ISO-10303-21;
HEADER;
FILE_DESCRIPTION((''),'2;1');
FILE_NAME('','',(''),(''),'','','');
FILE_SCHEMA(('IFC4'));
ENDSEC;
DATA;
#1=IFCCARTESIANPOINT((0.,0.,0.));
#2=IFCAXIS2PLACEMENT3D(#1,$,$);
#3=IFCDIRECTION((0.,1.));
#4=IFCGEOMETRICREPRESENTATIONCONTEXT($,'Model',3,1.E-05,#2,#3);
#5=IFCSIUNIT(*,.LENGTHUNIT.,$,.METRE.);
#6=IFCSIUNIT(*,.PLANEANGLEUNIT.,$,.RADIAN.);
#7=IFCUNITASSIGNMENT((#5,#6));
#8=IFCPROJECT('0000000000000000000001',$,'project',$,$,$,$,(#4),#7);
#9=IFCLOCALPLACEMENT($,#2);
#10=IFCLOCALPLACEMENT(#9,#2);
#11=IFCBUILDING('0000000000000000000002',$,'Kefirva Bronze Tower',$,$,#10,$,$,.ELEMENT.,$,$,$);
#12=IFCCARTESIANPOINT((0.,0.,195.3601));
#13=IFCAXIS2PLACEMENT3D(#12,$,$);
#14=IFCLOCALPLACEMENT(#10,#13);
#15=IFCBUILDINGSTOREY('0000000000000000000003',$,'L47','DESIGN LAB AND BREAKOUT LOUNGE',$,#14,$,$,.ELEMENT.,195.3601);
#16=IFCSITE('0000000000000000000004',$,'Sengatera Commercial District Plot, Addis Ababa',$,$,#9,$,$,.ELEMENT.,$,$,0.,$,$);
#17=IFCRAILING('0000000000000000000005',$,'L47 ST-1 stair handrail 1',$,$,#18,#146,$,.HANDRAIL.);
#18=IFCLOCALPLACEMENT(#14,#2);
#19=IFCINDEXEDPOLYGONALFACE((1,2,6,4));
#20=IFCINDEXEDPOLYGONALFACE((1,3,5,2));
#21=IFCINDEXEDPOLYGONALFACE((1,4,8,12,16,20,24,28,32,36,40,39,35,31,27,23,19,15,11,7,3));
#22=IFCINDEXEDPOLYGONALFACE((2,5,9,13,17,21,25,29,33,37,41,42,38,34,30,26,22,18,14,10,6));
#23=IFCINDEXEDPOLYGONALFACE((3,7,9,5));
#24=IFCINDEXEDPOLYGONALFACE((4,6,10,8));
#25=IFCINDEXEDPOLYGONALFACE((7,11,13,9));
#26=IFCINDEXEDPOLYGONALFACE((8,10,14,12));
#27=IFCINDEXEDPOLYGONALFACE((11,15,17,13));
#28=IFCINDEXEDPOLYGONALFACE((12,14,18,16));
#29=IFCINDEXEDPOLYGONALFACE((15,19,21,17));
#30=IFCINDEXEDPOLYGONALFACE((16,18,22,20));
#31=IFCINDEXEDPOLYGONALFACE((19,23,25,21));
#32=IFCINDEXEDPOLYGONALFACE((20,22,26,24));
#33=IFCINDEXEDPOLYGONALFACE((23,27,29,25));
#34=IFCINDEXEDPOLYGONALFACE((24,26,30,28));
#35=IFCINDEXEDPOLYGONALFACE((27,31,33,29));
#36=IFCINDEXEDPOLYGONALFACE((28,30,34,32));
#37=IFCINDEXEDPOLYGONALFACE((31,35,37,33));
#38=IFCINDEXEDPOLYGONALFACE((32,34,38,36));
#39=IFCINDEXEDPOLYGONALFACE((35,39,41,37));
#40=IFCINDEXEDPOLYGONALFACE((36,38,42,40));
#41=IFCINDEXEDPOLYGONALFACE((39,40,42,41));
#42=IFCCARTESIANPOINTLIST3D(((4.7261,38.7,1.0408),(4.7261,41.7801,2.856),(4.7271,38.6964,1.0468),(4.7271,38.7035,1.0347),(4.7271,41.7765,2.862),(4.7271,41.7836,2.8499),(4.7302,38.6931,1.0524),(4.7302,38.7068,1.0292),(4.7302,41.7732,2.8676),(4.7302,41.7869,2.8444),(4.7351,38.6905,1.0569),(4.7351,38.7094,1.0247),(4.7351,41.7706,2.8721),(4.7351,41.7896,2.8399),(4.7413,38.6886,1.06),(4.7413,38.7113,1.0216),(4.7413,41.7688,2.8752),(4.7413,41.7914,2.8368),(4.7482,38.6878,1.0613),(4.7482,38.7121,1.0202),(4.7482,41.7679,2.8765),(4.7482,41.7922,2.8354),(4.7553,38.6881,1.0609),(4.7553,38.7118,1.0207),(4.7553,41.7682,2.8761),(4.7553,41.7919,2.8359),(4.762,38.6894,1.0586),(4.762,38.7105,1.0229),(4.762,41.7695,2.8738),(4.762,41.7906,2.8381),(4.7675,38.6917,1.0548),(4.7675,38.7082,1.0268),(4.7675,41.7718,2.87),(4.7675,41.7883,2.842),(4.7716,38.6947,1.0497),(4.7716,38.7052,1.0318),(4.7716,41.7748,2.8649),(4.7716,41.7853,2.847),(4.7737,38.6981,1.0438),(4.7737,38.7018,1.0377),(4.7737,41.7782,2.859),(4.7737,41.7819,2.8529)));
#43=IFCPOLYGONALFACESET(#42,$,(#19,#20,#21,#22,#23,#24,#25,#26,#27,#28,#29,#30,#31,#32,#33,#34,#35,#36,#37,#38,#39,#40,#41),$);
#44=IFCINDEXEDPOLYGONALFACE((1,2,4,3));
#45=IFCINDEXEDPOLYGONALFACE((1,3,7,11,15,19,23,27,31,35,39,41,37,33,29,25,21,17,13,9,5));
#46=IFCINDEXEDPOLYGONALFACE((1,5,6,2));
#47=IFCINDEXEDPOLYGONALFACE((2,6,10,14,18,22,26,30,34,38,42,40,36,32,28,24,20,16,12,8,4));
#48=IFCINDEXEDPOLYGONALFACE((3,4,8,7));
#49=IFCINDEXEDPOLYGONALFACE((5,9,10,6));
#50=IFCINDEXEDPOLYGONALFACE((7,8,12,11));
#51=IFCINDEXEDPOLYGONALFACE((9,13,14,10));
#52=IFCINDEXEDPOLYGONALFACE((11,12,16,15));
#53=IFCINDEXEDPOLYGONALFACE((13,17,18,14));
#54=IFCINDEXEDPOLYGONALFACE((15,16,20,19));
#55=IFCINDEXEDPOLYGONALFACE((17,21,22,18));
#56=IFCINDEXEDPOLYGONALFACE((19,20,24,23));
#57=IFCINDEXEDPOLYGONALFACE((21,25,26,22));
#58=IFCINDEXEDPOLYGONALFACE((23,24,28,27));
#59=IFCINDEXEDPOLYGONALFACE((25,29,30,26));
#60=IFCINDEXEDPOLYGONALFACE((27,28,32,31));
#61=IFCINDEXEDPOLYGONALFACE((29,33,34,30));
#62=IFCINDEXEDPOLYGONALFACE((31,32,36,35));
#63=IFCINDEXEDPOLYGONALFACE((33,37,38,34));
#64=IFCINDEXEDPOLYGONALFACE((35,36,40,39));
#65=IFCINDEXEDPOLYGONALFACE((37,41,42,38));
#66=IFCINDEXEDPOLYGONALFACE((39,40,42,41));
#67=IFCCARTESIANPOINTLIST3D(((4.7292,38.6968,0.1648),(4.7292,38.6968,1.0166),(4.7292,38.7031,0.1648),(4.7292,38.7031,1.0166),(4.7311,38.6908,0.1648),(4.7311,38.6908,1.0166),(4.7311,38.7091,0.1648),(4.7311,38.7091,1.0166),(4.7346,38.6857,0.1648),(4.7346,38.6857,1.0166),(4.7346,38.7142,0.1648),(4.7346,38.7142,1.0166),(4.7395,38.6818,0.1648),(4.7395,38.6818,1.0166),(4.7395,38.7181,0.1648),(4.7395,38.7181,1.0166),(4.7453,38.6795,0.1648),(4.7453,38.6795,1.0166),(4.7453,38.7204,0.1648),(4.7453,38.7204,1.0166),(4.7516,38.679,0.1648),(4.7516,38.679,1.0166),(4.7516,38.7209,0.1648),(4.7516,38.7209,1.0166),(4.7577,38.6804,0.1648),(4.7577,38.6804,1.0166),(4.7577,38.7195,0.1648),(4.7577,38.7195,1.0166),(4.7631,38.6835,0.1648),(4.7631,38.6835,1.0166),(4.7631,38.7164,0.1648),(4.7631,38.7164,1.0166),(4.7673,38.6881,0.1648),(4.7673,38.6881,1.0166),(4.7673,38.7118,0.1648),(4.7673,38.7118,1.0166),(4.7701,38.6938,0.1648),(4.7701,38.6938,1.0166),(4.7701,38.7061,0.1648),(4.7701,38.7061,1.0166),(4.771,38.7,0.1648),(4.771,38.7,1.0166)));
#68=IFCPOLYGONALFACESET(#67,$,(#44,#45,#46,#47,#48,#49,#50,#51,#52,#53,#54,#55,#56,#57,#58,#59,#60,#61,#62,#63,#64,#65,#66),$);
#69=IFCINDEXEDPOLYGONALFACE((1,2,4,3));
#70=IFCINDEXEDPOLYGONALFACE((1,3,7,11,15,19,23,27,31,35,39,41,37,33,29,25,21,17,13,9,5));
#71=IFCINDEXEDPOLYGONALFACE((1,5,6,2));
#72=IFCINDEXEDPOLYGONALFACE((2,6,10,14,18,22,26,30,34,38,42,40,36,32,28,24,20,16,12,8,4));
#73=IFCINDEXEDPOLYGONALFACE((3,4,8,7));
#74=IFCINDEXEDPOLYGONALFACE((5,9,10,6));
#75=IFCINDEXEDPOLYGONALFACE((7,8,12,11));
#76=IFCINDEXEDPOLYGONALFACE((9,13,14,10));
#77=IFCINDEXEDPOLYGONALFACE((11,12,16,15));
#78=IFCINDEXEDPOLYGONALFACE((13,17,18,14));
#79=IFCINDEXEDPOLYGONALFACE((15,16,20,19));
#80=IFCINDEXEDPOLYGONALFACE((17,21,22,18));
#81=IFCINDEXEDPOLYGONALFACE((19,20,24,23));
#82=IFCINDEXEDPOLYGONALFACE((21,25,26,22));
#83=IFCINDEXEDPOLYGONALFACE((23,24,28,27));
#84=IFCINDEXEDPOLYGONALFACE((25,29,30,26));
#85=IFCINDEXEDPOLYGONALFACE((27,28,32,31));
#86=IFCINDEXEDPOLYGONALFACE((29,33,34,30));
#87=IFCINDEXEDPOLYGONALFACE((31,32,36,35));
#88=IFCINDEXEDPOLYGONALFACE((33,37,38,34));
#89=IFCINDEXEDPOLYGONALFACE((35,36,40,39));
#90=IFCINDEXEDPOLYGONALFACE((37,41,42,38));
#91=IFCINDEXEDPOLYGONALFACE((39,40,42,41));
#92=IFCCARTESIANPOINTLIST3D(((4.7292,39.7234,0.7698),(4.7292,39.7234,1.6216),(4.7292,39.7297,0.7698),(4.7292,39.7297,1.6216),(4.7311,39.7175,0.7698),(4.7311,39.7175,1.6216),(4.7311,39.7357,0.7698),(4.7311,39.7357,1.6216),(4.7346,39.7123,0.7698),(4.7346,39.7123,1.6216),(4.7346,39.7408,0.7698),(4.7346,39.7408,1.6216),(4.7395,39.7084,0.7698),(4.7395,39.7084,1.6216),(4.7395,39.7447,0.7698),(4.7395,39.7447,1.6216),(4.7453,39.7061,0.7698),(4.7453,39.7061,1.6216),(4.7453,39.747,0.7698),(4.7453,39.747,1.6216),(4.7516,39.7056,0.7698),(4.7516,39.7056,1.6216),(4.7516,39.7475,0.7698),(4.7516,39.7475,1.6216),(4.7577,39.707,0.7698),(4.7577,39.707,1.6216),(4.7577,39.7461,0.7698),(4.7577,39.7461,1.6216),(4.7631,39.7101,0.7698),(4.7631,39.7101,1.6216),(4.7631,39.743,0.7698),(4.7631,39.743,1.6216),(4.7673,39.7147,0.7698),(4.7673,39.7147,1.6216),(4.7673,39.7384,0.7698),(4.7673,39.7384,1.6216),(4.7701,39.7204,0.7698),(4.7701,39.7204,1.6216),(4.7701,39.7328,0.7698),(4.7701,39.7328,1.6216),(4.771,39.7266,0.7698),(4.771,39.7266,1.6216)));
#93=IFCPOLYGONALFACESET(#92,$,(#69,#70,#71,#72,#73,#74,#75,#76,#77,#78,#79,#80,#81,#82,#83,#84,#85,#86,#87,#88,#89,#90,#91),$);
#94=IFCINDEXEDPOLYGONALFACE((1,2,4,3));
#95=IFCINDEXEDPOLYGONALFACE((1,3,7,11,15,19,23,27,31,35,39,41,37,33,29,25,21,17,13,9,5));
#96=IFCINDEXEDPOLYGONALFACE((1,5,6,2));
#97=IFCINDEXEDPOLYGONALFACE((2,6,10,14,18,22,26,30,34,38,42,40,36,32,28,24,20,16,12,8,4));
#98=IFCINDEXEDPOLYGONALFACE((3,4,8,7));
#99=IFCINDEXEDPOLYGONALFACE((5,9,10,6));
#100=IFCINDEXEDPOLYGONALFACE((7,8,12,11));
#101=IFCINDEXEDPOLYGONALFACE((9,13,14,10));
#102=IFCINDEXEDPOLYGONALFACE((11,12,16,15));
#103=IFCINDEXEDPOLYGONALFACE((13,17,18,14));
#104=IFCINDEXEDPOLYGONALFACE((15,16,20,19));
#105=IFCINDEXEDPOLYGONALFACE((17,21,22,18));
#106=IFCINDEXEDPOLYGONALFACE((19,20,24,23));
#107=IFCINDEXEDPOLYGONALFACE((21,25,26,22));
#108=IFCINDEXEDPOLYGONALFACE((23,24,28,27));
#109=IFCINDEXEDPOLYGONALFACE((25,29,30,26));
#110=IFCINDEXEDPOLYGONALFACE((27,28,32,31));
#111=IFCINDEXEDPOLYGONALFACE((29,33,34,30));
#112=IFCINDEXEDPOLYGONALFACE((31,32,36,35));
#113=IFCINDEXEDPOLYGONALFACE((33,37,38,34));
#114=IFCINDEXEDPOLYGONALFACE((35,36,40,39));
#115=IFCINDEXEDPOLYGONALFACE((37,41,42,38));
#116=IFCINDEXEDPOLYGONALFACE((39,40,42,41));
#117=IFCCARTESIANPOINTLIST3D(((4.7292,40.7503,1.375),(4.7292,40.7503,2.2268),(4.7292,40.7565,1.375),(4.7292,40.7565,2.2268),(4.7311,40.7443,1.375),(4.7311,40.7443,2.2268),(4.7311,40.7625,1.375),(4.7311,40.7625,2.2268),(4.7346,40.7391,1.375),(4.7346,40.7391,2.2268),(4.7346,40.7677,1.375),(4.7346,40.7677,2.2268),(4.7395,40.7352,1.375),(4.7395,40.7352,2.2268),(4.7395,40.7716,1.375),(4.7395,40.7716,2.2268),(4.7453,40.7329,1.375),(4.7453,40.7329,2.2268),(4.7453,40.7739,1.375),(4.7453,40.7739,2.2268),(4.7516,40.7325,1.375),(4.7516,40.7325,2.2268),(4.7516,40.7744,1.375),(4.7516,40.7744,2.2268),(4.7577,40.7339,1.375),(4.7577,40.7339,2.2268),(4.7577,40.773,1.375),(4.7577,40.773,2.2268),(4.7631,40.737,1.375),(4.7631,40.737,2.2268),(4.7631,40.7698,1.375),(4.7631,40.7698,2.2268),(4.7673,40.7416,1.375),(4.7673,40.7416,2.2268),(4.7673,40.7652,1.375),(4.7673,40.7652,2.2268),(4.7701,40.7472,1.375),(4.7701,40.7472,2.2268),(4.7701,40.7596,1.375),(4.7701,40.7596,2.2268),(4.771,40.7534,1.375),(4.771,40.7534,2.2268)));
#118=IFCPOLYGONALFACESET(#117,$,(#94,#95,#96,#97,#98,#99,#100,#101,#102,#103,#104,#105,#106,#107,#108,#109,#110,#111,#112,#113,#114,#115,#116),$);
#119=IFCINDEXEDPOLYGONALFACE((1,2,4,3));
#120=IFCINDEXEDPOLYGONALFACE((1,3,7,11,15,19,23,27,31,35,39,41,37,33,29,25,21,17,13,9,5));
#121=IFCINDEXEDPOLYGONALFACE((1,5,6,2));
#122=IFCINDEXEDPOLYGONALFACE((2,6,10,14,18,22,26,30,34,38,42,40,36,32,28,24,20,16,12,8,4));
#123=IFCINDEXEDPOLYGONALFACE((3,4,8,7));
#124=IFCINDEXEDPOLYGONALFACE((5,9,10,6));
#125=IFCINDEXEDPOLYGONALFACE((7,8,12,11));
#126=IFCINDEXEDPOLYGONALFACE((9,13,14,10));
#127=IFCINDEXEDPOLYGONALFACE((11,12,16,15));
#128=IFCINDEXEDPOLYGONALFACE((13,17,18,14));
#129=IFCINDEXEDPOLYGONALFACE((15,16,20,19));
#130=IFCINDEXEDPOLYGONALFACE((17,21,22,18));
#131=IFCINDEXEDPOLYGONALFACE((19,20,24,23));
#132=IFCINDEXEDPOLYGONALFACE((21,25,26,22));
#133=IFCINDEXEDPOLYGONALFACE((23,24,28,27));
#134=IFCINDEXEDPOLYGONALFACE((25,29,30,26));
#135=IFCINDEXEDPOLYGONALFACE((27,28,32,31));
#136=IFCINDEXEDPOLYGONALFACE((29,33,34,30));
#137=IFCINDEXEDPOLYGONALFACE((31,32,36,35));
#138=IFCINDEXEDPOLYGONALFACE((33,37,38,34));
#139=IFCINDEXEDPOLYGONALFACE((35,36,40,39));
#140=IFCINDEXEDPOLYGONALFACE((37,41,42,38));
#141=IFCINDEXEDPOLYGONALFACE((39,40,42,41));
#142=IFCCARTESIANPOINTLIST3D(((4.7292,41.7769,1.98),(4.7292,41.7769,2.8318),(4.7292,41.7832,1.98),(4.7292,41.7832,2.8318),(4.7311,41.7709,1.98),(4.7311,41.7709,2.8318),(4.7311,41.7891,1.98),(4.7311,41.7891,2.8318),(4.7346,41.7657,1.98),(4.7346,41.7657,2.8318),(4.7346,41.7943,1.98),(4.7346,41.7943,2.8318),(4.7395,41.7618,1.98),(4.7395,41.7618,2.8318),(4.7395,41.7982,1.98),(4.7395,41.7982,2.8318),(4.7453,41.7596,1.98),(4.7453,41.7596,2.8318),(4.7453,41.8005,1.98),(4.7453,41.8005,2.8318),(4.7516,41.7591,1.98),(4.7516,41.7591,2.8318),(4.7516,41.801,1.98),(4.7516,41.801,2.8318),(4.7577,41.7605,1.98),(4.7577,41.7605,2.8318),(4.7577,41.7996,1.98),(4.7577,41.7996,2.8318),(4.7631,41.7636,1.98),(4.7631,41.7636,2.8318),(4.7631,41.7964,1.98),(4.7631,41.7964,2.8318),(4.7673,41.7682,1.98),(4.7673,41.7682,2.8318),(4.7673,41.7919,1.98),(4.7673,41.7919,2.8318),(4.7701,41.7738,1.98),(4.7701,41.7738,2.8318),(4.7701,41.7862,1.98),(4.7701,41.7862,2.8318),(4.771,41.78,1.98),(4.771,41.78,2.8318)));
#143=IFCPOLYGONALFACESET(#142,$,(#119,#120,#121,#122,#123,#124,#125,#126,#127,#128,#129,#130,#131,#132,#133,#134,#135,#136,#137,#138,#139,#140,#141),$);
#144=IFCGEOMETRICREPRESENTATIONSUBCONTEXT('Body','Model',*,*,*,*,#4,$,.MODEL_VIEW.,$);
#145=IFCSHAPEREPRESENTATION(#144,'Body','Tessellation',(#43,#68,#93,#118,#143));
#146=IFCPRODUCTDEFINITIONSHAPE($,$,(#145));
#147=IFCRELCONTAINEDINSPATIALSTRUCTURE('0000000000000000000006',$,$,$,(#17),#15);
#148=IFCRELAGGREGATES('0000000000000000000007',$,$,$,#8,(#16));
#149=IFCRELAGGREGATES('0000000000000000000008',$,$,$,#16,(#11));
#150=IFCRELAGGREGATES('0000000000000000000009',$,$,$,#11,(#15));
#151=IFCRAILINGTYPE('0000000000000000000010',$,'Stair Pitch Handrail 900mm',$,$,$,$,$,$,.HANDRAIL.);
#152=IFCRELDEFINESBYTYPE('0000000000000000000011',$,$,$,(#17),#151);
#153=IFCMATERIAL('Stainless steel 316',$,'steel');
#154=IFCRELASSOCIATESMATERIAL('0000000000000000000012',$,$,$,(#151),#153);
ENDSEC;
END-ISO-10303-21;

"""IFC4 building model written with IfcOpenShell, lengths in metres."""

from ifc_helpers import new_model, si_unit, direction, frame, origin, origin_2d, place, context, subcontext, project, spatial, circle, extrude, material, type_object, element, save


model = new_model("IFC4")

# Units and contexts
model_context = context("Model", 3, precision=1e-05, world=origin(), true_north=direction((0.0, 1.0)))
body_context = subcontext(model_context, "Body", "Model", "MODEL_VIEW")
ifc_project = project(units=[si_unit("LENGTHUNIT", "METRE"), si_unit("PLANEANGLEUNIT", "RADIAN")], contexts=[model_context])

# Site, building, storey
site_placement = place(None, origin())
site = spatial("IfcSite", under=ifc_project, at=site_placement, Name="Sengatera Commercial District Plot, Addis Ababa", CompositionType="ELEMENT", RefElevation=0.0)
building_placement = place(site_placement, origin())
building = spatial("IfcBuilding", under=site, at=building_placement, Name="Kefirva Bronze Tower", CompositionType="ELEMENT")
storey_placement = place(building_placement, frame((0.0, 0.0, 195.3601)))
storey = spatial("IfcBuildingStorey", under=building, at=storey_placement, Name="L47", Description="DESIGN LAB AND BREAKOUT LOUNGE", CompositionType="ELEMENT", Elevation=195.3601)

# Shared definitions
ifc_material_1 = material(Name="Stainless steel 316", Category="steel")

# Railing
railing_type = type_object("IfcRailingType", Name="Stair Pitch Handrail 900mm", PredefinedType="HANDRAIL", material=ifc_material_1)
railing_placement = place(storey_placement, frame((4.75, 38.7, 0.1648)))
element("IfcRailing", 1, at=railing_placement, inside=storey, type_object=railing_type, Name="L47 ST-1 stair handrail 1", PredefinedType="HANDRAIL", context=body_context, shape_type="SweptSolid", body=[
    extrude(circle(Radius=0.0239, at=origin_2d()), frame((0.0, 0.0, 0.876), z_axis=(0.0, 0.861521, 0.507721), x_axis=(-1.0, 0.0, 0.0)), (0.0, 0.0, 1.0), 3.5752),
    extrude(circle(Radius=0.021, at=origin_2d()), origin(), (0.0, 0.0, 1.0), 0.8518),
    extrude(circle(Radius=0.021, at=origin_2d()), frame((0.0, 1.0266, 0.605)), (0.0, 0.0, 1.0), 0.8518),
    extrude(circle(Radius=0.021, at=origin_2d()), frame((0.0, 2.0535, 1.2102)), (0.0, 0.0, 1.0), 0.8518),
    extrude(circle(Radius=0.021, at=origin_2d()), frame((0.0, 3.0801, 1.8152)), (0.0, 0.0, 1.0), 0.8518),
])

save(model, "model.ifc")
